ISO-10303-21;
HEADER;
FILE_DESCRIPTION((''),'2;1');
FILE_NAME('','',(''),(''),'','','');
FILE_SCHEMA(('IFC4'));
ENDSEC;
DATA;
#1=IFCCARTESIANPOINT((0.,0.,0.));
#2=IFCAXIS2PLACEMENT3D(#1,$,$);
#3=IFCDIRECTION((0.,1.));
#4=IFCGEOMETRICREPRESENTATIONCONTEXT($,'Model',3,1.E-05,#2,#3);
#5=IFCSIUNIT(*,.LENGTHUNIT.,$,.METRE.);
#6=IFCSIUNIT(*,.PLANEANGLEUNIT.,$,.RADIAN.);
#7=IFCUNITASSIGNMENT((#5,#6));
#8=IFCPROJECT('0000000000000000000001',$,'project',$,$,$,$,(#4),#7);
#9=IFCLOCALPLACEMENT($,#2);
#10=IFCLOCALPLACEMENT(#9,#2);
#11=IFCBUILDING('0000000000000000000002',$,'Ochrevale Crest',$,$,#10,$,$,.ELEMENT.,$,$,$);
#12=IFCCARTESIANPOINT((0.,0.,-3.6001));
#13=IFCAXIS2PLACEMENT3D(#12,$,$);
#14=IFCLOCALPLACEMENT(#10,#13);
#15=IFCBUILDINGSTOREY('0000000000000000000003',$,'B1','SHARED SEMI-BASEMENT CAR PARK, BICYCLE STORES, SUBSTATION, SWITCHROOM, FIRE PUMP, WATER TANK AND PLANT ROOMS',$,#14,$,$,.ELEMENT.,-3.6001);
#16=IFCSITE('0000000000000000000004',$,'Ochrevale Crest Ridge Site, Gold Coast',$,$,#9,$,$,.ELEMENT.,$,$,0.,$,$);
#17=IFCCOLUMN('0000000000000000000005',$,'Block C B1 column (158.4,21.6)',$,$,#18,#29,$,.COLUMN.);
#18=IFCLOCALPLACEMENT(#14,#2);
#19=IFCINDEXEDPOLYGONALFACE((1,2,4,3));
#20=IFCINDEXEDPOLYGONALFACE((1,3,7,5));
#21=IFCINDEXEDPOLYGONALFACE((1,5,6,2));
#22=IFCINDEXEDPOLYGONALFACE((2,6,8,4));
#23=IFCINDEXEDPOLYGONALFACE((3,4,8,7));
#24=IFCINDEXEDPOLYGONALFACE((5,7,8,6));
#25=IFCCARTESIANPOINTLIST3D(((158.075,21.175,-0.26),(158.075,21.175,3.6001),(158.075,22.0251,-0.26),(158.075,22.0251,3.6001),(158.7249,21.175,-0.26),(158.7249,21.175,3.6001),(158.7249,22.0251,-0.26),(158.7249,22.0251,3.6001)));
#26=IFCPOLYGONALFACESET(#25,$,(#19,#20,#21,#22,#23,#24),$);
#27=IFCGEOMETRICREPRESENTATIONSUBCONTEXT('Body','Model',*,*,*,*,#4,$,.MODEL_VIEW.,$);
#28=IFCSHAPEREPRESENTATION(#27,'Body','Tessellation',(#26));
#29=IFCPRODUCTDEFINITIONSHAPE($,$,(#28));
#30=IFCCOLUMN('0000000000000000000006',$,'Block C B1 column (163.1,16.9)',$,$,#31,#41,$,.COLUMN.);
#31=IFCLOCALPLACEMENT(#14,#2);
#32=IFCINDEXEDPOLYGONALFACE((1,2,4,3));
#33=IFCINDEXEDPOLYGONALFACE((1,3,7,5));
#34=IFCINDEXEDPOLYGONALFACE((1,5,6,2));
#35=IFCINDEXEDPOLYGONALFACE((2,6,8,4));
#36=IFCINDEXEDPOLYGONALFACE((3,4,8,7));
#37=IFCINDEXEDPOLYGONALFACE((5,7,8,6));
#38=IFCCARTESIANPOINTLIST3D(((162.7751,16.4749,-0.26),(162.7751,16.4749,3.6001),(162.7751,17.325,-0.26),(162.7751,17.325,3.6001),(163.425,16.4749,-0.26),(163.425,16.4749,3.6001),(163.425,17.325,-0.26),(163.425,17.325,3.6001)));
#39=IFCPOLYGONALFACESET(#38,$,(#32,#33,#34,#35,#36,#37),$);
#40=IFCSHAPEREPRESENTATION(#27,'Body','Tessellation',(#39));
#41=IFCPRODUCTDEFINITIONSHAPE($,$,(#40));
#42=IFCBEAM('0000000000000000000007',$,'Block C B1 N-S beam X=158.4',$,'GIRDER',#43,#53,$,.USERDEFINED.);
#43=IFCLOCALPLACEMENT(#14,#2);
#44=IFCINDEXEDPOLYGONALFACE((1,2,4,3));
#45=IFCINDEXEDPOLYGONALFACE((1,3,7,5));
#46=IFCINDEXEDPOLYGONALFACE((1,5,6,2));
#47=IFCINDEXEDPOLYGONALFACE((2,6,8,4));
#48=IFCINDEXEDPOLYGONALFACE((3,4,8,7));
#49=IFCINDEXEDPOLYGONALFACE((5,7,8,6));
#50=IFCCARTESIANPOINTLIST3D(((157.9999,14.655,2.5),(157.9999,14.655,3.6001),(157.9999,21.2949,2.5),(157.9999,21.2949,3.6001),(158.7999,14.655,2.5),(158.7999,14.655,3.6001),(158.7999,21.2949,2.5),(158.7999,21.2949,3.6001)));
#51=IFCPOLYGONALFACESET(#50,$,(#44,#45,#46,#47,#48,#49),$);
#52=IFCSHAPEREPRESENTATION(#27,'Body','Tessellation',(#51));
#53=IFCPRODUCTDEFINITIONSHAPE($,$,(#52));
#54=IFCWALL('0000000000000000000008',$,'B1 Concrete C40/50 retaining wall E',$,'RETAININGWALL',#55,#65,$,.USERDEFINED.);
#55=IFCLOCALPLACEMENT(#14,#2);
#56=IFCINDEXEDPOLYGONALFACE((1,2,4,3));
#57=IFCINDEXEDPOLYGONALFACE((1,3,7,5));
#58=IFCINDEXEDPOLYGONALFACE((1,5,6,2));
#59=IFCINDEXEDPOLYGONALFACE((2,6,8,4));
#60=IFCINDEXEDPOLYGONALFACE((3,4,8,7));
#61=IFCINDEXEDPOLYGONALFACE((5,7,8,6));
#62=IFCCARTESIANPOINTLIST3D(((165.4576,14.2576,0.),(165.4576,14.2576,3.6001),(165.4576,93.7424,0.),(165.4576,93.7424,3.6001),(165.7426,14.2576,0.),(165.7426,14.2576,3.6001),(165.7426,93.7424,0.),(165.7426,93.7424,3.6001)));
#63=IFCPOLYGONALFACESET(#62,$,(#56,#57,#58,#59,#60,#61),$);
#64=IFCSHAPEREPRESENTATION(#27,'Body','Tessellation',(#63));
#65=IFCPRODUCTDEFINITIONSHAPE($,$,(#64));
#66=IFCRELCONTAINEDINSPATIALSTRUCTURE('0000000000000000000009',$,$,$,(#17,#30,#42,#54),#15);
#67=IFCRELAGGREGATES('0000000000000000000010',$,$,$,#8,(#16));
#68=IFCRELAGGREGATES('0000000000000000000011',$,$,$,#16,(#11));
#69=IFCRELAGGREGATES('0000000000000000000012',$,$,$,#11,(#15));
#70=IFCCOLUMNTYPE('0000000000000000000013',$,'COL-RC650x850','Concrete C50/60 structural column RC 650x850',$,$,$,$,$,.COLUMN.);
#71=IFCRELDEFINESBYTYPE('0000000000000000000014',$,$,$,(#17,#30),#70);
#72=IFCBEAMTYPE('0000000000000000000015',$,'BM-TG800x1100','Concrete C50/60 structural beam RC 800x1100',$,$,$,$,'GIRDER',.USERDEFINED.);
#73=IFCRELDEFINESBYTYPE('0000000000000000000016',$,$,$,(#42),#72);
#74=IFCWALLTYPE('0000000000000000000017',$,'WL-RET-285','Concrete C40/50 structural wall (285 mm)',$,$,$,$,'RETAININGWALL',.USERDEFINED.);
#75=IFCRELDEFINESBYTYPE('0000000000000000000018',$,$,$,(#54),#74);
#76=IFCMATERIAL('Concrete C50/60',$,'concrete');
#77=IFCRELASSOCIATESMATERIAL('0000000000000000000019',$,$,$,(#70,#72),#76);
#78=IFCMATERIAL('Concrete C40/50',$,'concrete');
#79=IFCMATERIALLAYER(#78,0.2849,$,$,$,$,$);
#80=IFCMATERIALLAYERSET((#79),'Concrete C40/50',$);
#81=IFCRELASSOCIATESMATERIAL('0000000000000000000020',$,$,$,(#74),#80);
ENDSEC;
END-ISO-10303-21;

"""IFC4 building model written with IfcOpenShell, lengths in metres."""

from ifc_helpers import new_model, si_unit, direction, frame, frame_2d, origin, origin_2d, place, context, subcontext, project, spatial, rectangle, extrude, material, layer, layer_set, material_profile, profile_set, type_object, element, save


model = new_model("IFC4")

# Units and contexts
model_context = context("Model", 3, precision=1e-05, world=origin(), true_north=direction((0.0, 1.0)))
body_context = subcontext(model_context, "Body", "Model", "MODEL_VIEW")
ifc_project = project(units=[si_unit("LENGTHUNIT", "METRE"), si_unit("PLANEANGLEUNIT", "RADIAN")], contexts=[model_context])

# Site, building, storey
site_placement = place(None, origin())
site = spatial("IfcSite", under=ifc_project, at=site_placement, Name="Ochrevale Crest Ridge Site, Gold Coast", CompositionType="ELEMENT", RefElevation=0.0)
building_placement = place(site_placement, origin())
building = spatial("IfcBuilding", under=site, at=building_placement, Name="Ochrevale Crest", CompositionType="ELEMENT")
storey_placement = place(building_placement, frame((0.0, 0.0, -3.6001)))
storey = spatial("IfcBuildingStorey", under=building, at=storey_placement, Name="B1", Description="SHARED SEMI-BASEMENT CAR PARK, BICYCLE STORES, SUBSTATION, SWITCHROOM, FIRE PUMP, WATER TANK AND PLANT ROOMS", CompositionType="ELEMENT", Elevation=-3.6001)

# Shared definitions
ifc_material_1 = material(Name="Concrete C40/50", Category="concrete")

# Columns
ifc_material_2 = material(Name="Concrete C50/60", Category="concrete")
ifc_material_profile_1 = material_profile(ifc_material_2, rectangle(XDim=0.6499, YDim=0.8501, at=origin_2d()), Name="RC 650x850")
ifc_profile_set_1 = profile_set([ifc_material_profile_1], Name="Concrete C50/60")
column_type_1 = type_object("IfcColumnType", Name="COL-RC650x850", Description="Concrete C50/60 structural column RC 650x850", PredefinedType="COLUMN", material=ifc_profile_set_1)
for number, where, z_axis, x_axis, name in (
    (1, (158.3999, 21.6001, -0.26), (0.0, 0.0, 1.0), (1.0, 0.0, 0.0), "Block C B1 column (158.4,21.6)"),
    (2, (163.1001, 16.8999, -0.26), (0.0, 0.0, 1.0), (1.0, 0.0, 0.0), "Block C B1 column (163.1,16.9)"),
):
    element("IfcColumn", number, at=place(storey_placement, frame(where, z_axis=z_axis, x_axis=x_axis)), inside=storey, type_object=column_type_1, Name=name, PredefinedType="COLUMN", context=body_context, shape_type="SweptSolid", body=[
        extrude(rectangle(XDim=0.6499, YDim=0.8501, at=origin_2d()), origin(), (0.0, 0.0, 1.0), 3.8601),
    ])

# Beam
ifc_material_profile_2 = material_profile(ifc_material_2, rectangle(XDim=0.8, YDim=1.1001, at=origin_2d()), Name="RC 800x1100")
ifc_profile_set_2 = profile_set([ifc_material_profile_2], Name="Concrete C50/60")
beam_type = type_object("IfcBeamType", Name="BM-TG800x1100", Description="Concrete C50/60 structural beam RC 800x1100", ElementType="GIRDER", PredefinedType="USERDEFINED", material=ifc_profile_set_2)
beam_placement = place(storey_placement, frame((158.3999, 14.655, 3.05), z_axis=(0.0, 1.0, 0.0), x_axis=(-1.0, 0.0, 0.0)))
element("IfcBeam", 3, at=beam_placement, inside=storey, type_object=beam_type, Name="Block C B1 N-S beam X=158.4", ObjectType="GIRDER", PredefinedType="USERDEFINED", context=body_context, shape_type="SweptSolid", body=[
    extrude(rectangle(XDim=0.8, YDim=1.1001, at=origin_2d()), origin(), (0.0, 0.0, 1.0), 6.6399),
])

# Wall
ifc_layer = layer(ifc_material_1, 0.2849)
ifc_layer_set = layer_set([ifc_layer], Name="Concrete C40/50")
wall_type = type_object("IfcWallType", Name="WL-RET-285", Description="Concrete C40/50 structural wall (285 mm)", ElementType="RETAININGWALL", PredefinedType="USERDEFINED", material=ifc_layer_set)
wall_placement = place(storey_placement, frame((165.6001, 14.2576, 0.0), z_axis=(0.0, 0.0, 1.0), x_axis=(0.0, 1.0, 0.0)))
element("IfcWall", 4, at=wall_placement, inside=storey, type_object=wall_type, Name="B1 Concrete C40/50 retaining wall E", ObjectType="RETAININGWALL", PredefinedType="USERDEFINED", context=body_context, shape_type="SweptSolid", body=[
    extrude(rectangle(XDim=79.4849, YDim=0.2849, at=frame_2d((39.7424, 0.0))), origin(), (0.0, 0.0, 1.0), 3.6001),
])

save(model, "model.ifc")
